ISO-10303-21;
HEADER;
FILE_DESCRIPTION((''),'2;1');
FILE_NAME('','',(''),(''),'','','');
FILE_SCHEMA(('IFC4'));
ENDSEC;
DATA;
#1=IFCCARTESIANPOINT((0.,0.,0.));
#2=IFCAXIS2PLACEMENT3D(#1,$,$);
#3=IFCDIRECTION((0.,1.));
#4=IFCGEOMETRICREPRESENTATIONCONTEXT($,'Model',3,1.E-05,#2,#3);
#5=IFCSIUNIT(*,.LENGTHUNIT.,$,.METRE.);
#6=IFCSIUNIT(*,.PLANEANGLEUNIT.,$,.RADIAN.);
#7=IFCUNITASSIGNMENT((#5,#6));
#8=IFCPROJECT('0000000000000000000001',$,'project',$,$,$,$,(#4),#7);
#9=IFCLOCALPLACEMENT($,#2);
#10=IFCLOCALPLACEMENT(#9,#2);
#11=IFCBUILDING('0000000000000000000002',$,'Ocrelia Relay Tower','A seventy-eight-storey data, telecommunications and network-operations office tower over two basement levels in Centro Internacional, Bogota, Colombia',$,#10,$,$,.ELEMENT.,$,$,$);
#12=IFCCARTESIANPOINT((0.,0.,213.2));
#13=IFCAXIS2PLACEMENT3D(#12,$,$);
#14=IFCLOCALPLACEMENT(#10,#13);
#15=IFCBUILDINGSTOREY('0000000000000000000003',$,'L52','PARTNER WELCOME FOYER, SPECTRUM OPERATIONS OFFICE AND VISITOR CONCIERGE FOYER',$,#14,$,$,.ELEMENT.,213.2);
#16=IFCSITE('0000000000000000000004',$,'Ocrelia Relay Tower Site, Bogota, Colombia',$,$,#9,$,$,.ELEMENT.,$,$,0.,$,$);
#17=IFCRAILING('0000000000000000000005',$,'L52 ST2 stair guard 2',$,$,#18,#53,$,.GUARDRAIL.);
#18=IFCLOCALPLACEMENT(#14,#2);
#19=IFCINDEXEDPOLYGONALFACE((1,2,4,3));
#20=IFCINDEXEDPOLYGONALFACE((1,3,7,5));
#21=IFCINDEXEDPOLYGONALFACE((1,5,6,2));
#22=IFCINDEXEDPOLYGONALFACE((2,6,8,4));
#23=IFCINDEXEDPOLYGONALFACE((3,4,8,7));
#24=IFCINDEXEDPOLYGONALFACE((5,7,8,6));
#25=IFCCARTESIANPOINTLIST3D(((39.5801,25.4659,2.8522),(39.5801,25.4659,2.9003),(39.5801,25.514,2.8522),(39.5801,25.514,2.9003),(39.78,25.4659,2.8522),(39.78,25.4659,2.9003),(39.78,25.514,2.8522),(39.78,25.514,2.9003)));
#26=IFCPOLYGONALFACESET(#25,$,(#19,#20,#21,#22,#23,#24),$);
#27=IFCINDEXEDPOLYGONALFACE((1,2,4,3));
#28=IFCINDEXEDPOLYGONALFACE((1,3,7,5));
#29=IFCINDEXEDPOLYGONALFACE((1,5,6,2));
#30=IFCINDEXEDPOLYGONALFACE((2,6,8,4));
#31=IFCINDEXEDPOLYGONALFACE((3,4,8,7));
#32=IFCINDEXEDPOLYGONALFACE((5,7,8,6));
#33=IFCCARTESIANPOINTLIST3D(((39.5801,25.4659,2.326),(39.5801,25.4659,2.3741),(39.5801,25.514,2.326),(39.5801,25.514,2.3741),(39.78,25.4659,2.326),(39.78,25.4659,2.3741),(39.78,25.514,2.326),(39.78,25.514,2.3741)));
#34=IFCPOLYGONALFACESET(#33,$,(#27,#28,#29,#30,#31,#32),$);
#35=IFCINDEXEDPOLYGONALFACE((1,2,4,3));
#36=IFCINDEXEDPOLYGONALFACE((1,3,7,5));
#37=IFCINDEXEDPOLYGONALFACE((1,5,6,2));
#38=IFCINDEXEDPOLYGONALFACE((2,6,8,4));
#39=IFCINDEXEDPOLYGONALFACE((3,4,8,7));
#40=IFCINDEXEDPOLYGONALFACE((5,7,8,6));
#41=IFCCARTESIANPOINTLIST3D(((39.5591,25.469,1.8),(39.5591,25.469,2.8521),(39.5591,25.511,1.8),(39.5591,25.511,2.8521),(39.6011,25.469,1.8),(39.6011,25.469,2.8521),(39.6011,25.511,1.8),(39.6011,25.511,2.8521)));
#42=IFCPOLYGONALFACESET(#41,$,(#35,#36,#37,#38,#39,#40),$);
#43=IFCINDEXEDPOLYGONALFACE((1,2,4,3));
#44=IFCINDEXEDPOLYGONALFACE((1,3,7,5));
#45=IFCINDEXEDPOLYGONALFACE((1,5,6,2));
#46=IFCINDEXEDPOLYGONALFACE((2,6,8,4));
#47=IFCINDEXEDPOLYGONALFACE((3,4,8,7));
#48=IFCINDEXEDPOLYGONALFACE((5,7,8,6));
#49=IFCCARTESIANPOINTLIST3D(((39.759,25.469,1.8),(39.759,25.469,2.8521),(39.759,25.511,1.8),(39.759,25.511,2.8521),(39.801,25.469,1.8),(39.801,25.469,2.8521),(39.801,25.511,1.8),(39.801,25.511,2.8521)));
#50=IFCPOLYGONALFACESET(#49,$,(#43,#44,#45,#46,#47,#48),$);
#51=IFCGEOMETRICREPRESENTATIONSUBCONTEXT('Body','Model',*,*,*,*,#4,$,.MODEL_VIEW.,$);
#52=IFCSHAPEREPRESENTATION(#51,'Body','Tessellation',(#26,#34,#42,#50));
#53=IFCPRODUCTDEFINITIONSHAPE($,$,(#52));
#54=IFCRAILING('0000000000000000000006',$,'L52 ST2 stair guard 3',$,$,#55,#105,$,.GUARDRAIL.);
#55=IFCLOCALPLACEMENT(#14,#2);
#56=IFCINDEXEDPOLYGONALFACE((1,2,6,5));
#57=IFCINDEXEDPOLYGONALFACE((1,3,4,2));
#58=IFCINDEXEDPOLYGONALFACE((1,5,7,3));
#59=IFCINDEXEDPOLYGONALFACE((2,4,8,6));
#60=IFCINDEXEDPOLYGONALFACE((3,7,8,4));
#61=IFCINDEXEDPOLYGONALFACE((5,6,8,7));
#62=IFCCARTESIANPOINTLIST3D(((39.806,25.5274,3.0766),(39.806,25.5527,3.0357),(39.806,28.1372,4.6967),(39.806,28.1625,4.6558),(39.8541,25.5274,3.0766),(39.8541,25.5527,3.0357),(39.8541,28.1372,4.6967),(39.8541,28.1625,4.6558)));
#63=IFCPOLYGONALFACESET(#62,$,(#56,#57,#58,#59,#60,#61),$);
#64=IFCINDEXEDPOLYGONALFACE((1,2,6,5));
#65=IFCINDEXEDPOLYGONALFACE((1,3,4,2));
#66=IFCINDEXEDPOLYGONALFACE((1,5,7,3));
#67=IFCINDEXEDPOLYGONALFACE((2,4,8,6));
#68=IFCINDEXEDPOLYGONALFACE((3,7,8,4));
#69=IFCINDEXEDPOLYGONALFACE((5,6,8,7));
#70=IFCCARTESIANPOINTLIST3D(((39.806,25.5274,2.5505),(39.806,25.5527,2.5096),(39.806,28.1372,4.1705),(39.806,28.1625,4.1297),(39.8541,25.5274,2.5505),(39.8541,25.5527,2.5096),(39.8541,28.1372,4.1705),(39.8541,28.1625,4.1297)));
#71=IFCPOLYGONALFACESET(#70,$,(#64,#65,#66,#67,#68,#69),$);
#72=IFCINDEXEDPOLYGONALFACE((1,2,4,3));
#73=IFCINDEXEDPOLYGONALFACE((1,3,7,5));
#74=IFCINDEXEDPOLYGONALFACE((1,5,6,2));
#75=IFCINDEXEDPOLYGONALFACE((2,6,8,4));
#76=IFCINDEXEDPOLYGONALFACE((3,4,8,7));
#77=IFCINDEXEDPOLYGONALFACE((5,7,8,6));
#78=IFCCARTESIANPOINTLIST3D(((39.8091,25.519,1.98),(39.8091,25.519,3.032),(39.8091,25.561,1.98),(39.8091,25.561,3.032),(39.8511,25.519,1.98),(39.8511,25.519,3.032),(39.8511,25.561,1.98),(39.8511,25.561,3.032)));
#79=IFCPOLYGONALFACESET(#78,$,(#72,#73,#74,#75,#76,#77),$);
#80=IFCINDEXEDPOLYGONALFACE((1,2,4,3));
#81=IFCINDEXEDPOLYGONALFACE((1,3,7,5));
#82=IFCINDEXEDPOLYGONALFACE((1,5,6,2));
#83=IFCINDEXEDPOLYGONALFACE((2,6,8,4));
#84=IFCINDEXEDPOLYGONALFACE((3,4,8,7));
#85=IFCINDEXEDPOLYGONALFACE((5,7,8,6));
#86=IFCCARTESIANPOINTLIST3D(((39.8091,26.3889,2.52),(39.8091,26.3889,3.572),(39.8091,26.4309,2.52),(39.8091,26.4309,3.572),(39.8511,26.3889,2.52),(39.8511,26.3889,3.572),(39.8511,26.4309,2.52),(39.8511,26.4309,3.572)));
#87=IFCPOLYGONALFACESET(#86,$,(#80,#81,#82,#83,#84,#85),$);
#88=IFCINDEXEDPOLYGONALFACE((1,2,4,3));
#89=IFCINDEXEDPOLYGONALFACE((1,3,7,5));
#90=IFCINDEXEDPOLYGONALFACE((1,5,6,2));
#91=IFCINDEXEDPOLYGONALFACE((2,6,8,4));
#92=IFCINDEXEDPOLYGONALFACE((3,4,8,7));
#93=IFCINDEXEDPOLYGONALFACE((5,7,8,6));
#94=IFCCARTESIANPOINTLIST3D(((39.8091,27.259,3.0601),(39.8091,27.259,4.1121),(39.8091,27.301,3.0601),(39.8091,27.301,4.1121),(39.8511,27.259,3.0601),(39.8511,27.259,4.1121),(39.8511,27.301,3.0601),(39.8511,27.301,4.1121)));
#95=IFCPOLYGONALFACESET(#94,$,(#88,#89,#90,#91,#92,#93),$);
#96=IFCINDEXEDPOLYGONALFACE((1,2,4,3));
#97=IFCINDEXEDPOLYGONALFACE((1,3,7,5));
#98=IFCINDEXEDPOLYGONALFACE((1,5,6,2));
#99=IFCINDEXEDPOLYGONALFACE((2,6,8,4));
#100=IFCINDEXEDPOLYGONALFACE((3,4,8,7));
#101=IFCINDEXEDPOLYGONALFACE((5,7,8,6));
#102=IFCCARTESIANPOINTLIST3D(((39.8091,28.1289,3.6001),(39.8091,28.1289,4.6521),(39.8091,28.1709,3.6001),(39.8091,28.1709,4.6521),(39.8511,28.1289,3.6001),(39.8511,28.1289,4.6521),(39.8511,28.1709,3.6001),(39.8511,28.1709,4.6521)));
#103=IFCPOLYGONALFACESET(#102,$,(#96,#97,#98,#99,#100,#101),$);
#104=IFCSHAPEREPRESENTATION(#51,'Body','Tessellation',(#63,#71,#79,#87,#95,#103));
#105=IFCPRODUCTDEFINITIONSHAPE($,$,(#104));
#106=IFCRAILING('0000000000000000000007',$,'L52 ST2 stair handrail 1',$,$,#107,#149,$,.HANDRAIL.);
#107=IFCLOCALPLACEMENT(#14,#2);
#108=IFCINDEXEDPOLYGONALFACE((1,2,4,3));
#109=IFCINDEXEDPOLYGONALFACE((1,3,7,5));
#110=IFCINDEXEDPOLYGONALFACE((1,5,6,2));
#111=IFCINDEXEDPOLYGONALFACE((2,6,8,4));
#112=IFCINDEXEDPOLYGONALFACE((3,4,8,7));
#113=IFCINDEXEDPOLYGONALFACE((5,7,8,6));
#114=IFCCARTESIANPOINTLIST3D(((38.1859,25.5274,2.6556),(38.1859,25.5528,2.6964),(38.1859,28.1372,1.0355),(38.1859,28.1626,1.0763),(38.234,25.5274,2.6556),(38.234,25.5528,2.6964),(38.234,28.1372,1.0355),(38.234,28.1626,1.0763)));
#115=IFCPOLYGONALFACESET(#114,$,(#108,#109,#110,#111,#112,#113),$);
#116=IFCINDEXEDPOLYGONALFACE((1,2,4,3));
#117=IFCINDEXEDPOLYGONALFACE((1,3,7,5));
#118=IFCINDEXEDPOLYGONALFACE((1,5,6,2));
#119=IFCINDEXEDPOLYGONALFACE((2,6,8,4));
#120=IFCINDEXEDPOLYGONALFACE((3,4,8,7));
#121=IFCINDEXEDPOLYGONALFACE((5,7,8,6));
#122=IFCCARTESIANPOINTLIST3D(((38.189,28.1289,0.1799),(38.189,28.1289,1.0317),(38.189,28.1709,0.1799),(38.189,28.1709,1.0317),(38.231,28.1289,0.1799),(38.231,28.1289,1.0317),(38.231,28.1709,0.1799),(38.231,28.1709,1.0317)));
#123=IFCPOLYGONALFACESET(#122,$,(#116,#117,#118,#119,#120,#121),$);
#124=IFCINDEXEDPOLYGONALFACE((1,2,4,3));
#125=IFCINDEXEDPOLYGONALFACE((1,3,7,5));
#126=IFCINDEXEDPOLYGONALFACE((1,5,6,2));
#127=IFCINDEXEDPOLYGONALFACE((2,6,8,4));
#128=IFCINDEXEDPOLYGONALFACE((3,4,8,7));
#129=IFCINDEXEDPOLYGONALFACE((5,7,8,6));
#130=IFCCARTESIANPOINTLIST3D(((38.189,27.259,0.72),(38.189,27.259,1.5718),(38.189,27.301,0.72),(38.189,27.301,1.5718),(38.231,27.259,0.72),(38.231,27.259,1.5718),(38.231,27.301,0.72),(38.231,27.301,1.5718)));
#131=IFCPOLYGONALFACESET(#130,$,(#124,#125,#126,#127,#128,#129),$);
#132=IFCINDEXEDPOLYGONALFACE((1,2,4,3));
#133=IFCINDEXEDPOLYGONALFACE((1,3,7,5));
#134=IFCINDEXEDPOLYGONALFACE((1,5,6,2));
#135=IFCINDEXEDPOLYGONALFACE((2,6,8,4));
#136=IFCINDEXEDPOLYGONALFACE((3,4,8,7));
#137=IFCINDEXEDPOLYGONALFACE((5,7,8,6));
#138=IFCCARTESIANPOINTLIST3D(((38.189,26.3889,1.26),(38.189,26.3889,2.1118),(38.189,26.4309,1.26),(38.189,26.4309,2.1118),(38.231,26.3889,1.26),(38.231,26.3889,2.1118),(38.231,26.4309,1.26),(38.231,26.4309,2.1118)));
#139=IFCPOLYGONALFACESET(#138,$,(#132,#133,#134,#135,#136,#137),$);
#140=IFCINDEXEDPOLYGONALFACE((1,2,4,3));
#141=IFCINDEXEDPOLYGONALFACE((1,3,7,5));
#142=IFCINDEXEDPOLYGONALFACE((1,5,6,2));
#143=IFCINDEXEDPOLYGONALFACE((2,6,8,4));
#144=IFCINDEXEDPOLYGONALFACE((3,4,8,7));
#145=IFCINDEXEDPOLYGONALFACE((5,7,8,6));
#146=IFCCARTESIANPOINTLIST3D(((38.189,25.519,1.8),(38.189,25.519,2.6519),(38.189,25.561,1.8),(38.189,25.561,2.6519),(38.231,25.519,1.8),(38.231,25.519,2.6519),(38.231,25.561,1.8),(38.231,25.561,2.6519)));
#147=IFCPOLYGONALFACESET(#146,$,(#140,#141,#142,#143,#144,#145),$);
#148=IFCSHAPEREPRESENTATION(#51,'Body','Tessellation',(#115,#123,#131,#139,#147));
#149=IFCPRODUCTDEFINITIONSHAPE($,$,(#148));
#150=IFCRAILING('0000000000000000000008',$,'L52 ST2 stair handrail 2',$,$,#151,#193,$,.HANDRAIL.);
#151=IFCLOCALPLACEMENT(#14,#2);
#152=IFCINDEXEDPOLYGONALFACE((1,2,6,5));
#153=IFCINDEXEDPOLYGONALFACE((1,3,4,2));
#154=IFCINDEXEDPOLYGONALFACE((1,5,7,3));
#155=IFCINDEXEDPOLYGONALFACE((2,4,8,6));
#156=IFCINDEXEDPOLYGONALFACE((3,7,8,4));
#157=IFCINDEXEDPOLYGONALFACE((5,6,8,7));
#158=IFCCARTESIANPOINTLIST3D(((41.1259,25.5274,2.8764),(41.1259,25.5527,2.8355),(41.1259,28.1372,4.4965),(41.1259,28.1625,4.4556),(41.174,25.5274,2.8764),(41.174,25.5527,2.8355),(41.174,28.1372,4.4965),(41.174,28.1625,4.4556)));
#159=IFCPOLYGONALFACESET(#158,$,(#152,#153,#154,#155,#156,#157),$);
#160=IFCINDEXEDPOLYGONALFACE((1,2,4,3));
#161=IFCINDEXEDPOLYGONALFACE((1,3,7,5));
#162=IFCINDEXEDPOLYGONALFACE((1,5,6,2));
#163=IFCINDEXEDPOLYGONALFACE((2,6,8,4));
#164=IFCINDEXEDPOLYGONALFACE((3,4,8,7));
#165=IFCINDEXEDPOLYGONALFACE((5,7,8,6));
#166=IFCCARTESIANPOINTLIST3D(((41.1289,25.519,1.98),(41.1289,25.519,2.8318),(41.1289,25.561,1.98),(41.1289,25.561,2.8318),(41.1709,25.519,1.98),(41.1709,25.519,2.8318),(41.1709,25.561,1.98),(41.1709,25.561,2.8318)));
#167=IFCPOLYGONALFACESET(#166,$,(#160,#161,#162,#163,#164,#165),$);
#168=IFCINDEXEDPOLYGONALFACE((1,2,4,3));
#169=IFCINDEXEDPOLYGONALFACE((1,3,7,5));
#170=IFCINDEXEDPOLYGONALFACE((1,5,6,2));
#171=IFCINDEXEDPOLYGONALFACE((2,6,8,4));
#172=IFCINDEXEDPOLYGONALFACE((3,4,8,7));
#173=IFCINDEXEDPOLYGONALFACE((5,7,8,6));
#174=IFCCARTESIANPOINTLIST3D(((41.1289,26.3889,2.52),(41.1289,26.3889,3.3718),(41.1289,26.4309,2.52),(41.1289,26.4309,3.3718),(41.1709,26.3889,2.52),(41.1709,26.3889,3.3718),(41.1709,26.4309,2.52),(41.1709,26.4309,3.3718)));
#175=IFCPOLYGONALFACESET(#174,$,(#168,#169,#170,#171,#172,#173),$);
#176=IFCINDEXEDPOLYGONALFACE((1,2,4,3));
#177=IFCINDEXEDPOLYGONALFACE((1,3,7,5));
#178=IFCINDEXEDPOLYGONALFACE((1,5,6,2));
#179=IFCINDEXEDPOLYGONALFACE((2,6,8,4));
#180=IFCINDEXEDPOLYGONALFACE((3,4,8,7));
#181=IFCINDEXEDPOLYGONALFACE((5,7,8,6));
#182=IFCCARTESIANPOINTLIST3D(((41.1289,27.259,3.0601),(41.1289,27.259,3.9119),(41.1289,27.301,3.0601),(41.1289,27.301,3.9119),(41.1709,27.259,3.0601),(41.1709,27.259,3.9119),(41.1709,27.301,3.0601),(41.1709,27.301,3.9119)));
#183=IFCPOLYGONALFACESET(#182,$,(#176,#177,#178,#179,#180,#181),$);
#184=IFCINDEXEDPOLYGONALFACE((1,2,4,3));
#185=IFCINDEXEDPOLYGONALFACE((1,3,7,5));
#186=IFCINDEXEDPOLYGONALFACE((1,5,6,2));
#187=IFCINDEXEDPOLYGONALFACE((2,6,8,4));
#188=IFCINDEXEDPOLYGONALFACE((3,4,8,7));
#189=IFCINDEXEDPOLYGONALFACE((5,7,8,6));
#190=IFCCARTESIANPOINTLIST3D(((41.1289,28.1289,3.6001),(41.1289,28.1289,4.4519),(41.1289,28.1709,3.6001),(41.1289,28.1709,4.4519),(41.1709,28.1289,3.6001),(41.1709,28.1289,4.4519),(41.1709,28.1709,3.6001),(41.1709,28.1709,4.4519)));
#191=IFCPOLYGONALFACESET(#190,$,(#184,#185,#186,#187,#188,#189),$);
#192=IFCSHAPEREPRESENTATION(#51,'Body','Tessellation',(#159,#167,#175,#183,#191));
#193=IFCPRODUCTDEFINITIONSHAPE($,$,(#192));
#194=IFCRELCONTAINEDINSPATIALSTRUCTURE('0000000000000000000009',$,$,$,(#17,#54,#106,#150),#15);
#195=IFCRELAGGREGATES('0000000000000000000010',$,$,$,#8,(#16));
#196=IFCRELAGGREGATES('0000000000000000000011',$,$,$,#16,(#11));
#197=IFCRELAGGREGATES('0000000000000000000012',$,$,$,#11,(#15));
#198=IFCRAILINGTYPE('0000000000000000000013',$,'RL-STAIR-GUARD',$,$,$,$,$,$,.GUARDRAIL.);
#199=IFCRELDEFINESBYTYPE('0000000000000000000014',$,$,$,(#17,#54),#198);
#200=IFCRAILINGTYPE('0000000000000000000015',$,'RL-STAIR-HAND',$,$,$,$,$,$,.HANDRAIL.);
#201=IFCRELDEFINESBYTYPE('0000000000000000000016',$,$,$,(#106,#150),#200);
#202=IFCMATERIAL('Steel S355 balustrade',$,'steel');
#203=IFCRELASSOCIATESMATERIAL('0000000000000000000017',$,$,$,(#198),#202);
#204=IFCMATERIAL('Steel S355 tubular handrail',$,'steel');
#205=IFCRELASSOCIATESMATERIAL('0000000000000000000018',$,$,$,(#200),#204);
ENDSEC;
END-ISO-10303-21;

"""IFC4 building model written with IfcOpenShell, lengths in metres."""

from ifc_helpers import new_model, si_unit, direction, frame, origin, origin_2d, place, context, subcontext, project, spatial, rectangle, extrude, material, type_object, element, save


model = new_model("IFC4")

# Units and contexts
model_context = context("Model", 3, precision=1e-05, world=origin(), true_north=direction((0.0, 1.0)))
body_context = subcontext(model_context, "Body", "Model", "MODEL_VIEW")
ifc_project = project(units=[si_unit("LENGTHUNIT", "METRE"), si_unit("PLANEANGLEUNIT", "RADIAN")], contexts=[model_context])

# Site, building, storey
site_placement = place(None, origin())
site = spatial("IfcSite", under=ifc_project, at=site_placement, Name="Ocrelia Relay Tower Site, Bogota, Colombia", CompositionType="ELEMENT", RefElevation=0.0)
building_placement = place(site_placement, origin())
building = spatial("IfcBuilding", under=site, at=building_placement, Name="Ocrelia Relay Tower", Description="A seventy-eight-storey data, telecommunications and network-operations office tower over two basement levels in Centro Internacional, Bogota, Colombia", CompositionType="ELEMENT")
storey_placement = place(building_placement, frame((0.0, 0.0, 213.2)))
storey = spatial("IfcBuildingStorey", under=building, at=storey_placement, Name="L52", Description="PARTNER WELCOME FOYER, SPECTRUM OPERATIONS OFFICE AND VISITOR CONCIERGE FOYER", CompositionType="ELEMENT", Elevation=213.2)

# Railings
ifc_material_1 = material(Name="Steel S355 balustrade", Category="steel")
railing_type_1 = type_object("IfcRailingType", Name="RL-STAIR-GUARD", PredefinedType="GUARDRAIL", material=ifc_material_1)
railing_1_placement = place(storey_placement, frame((39.5801, 25.49, 1.8)))
element("IfcRailing", 1, at=railing_1_placement, inside=storey, type_object=railing_type_1, Name="L52 ST2 stair guard 2", PredefinedType="GUARDRAIL", context=body_context, shape_type="SweptSolid", body=[
    extrude(rectangle(XDim=0.0481, YDim=0.0481, at=origin_2d()), frame((0.0, 0.0, 1.0762), z_axis=(1.0, 0.0, 0.0), x_axis=(0.0, 1.0, 0.0)), (0.0, 0.0, 1.0), 0.2),
    extrude(rectangle(XDim=0.0481, YDim=0.0481, at=origin_2d()), frame((0.0, 0.0, 0.55), z_axis=(1.0, 0.0, 0.0), x_axis=(0.0, 1.0, 0.0)), (0.0, 0.0, 1.0), 0.2),
    extrude(rectangle(XDim=0.042, YDim=0.042, at=origin_2d()), origin(), (0.0, 0.0, 1.0), 1.052),
    extrude(rectangle(XDim=0.042, YDim=0.042, at=origin_2d()), frame((0.2, 0.0, 0.0)), (0.0, 0.0, 1.0), 1.052),
])
railing_2_placement = place(storey_placement, frame((39.8301, 25.54, 1.98)))
element("IfcRailing", 2, at=railing_2_placement, inside=storey, type_object=railing_type_1, Name="L52 ST2 stair guard 3", PredefinedType="GUARDRAIL", context=body_context, shape_type="SweptSolid", body=[
    extrude(rectangle(XDim=0.0481, YDim=0.0481, at=origin_2d()), frame((0.0, 0.0, 1.0762), z_axis=(0.0, 0.849611, 0.52741), x_axis=(-1.0, 0.0, 0.0)), (0.0, 0.0, 1.0), 3.0718),
    extrude(rectangle(XDim=0.0481, YDim=0.0481, at=origin_2d()), frame((0.0, 0.0, 0.55), z_axis=(0.0, 0.849611, 0.52741), x_axis=(-1.0, 0.0, 0.0)), (0.0, 0.0, 1.0), 3.0718),
    extrude(rectangle(XDim=0.042, YDim=0.042, at=origin_2d()), origin(), (0.0, 0.0, 1.0), 1.052),
    extrude(rectangle(XDim=0.042, YDim=0.042, at=origin_2d()), frame((0.0, 0.8699, 0.54)), (0.0, 0.0, 1.0), 1.052),
    extrude(rectangle(XDim=0.042, YDim=0.042, at=origin_2d()), frame((0.0, 1.74, 1.0801)), (0.0, 0.0, 1.0), 1.052),
    extrude(rectangle(XDim=0.042, YDim=0.042, at=origin_2d()), frame((0.0, 2.6099, 1.6201)), (0.0, 0.0, 1.0), 1.052),
])
ifc_material_2 = material(Name="Steel S355 tubular handrail", Category="steel")
railing_type_2 = type_object("IfcRailingType", Name="RL-STAIR-HAND", PredefinedType="HANDRAIL", material=ifc_material_2)
railing_3_placement = place(storey_placement, frame((38.21, 28.1499, 0.1799)))
element("IfcRailing", 3, at=railing_3_placement, inside=storey, type_object=railing_type_2, Name="L52 ST2 stair handrail 1", PredefinedType="HANDRAIL", context=body_context, shape_type="SweptSolid", body=[
    extrude(rectangle(XDim=0.0481, YDim=0.0481, at=origin_2d()), frame((0.0, 0.0, 0.876), z_axis=(0.0, -0.849611, 0.52741), x_axis=(1.0, 0.0, 0.0)), (0.0, 0.0, 1.0), 3.0718),
    extrude(rectangle(XDim=0.042, YDim=0.042, at=origin_2d()), origin(), (0.0, 0.0, 1.0), 0.8518),
    extrude(rectangle(XDim=0.042, YDim=0.042, at=origin_2d()), frame((0.0, -0.8699, 0.54)), (0.0, 0.0, 1.0), 0.8518),
    extrude(rectangle(XDim=0.042, YDim=0.042, at=origin_2d()), frame((0.0, -1.74, 1.0801)), (0.0, 0.0, 1.0), 0.8518),
    extrude(rectangle(XDim=0.042, YDim=0.042, at=origin_2d()), frame((0.0, -2.6099, 1.6201)), (0.0, 0.0, 1.0), 0.8518),
])
railing_4_placement = place(storey_placement, frame((41.1499, 25.54, 1.98)))
element("IfcRailing", 4, at=railing_4_placement, inside=storey, type_object=railing_type_2, Name="L52 ST2 stair handrail 2", PredefinedType="HANDRAIL", context=body_context, shape_type="SweptSolid", body=[
    extrude(rectangle(XDim=0.0481, YDim=0.0481, at=origin_2d()), frame((0.0, 0.0, 0.876), z_axis=(0.0, 0.849611, 0.52741), x_axis=(-1.0, 0.0, 0.0)), (0.0, 0.0, 1.0), 3.0718),
    extrude(rectangle(XDim=0.042, YDim=0.042, at=origin_2d()), origin(), (0.0, 0.0, 1.0), 0.8518),
    extrude(rectangle(XDim=0.042, YDim=0.042, at=origin_2d()), frame((0.0, 0.8699, 0.54)), (0.0, 0.0, 1.0), 0.8518),
    extrude(rectangle(XDim=0.042, YDim=0.042, at=origin_2d()), frame((0.0, 1.74, 1.0801)), (0.0, 0.0, 1.0), 0.8518),
    extrude(rectangle(XDim=0.042, YDim=0.042, at=origin_2d()), frame((0.0, 2.6099, 1.6201)), (0.0, 0.0, 1.0), 0.8518),
])

save(model, "model.ifc")
